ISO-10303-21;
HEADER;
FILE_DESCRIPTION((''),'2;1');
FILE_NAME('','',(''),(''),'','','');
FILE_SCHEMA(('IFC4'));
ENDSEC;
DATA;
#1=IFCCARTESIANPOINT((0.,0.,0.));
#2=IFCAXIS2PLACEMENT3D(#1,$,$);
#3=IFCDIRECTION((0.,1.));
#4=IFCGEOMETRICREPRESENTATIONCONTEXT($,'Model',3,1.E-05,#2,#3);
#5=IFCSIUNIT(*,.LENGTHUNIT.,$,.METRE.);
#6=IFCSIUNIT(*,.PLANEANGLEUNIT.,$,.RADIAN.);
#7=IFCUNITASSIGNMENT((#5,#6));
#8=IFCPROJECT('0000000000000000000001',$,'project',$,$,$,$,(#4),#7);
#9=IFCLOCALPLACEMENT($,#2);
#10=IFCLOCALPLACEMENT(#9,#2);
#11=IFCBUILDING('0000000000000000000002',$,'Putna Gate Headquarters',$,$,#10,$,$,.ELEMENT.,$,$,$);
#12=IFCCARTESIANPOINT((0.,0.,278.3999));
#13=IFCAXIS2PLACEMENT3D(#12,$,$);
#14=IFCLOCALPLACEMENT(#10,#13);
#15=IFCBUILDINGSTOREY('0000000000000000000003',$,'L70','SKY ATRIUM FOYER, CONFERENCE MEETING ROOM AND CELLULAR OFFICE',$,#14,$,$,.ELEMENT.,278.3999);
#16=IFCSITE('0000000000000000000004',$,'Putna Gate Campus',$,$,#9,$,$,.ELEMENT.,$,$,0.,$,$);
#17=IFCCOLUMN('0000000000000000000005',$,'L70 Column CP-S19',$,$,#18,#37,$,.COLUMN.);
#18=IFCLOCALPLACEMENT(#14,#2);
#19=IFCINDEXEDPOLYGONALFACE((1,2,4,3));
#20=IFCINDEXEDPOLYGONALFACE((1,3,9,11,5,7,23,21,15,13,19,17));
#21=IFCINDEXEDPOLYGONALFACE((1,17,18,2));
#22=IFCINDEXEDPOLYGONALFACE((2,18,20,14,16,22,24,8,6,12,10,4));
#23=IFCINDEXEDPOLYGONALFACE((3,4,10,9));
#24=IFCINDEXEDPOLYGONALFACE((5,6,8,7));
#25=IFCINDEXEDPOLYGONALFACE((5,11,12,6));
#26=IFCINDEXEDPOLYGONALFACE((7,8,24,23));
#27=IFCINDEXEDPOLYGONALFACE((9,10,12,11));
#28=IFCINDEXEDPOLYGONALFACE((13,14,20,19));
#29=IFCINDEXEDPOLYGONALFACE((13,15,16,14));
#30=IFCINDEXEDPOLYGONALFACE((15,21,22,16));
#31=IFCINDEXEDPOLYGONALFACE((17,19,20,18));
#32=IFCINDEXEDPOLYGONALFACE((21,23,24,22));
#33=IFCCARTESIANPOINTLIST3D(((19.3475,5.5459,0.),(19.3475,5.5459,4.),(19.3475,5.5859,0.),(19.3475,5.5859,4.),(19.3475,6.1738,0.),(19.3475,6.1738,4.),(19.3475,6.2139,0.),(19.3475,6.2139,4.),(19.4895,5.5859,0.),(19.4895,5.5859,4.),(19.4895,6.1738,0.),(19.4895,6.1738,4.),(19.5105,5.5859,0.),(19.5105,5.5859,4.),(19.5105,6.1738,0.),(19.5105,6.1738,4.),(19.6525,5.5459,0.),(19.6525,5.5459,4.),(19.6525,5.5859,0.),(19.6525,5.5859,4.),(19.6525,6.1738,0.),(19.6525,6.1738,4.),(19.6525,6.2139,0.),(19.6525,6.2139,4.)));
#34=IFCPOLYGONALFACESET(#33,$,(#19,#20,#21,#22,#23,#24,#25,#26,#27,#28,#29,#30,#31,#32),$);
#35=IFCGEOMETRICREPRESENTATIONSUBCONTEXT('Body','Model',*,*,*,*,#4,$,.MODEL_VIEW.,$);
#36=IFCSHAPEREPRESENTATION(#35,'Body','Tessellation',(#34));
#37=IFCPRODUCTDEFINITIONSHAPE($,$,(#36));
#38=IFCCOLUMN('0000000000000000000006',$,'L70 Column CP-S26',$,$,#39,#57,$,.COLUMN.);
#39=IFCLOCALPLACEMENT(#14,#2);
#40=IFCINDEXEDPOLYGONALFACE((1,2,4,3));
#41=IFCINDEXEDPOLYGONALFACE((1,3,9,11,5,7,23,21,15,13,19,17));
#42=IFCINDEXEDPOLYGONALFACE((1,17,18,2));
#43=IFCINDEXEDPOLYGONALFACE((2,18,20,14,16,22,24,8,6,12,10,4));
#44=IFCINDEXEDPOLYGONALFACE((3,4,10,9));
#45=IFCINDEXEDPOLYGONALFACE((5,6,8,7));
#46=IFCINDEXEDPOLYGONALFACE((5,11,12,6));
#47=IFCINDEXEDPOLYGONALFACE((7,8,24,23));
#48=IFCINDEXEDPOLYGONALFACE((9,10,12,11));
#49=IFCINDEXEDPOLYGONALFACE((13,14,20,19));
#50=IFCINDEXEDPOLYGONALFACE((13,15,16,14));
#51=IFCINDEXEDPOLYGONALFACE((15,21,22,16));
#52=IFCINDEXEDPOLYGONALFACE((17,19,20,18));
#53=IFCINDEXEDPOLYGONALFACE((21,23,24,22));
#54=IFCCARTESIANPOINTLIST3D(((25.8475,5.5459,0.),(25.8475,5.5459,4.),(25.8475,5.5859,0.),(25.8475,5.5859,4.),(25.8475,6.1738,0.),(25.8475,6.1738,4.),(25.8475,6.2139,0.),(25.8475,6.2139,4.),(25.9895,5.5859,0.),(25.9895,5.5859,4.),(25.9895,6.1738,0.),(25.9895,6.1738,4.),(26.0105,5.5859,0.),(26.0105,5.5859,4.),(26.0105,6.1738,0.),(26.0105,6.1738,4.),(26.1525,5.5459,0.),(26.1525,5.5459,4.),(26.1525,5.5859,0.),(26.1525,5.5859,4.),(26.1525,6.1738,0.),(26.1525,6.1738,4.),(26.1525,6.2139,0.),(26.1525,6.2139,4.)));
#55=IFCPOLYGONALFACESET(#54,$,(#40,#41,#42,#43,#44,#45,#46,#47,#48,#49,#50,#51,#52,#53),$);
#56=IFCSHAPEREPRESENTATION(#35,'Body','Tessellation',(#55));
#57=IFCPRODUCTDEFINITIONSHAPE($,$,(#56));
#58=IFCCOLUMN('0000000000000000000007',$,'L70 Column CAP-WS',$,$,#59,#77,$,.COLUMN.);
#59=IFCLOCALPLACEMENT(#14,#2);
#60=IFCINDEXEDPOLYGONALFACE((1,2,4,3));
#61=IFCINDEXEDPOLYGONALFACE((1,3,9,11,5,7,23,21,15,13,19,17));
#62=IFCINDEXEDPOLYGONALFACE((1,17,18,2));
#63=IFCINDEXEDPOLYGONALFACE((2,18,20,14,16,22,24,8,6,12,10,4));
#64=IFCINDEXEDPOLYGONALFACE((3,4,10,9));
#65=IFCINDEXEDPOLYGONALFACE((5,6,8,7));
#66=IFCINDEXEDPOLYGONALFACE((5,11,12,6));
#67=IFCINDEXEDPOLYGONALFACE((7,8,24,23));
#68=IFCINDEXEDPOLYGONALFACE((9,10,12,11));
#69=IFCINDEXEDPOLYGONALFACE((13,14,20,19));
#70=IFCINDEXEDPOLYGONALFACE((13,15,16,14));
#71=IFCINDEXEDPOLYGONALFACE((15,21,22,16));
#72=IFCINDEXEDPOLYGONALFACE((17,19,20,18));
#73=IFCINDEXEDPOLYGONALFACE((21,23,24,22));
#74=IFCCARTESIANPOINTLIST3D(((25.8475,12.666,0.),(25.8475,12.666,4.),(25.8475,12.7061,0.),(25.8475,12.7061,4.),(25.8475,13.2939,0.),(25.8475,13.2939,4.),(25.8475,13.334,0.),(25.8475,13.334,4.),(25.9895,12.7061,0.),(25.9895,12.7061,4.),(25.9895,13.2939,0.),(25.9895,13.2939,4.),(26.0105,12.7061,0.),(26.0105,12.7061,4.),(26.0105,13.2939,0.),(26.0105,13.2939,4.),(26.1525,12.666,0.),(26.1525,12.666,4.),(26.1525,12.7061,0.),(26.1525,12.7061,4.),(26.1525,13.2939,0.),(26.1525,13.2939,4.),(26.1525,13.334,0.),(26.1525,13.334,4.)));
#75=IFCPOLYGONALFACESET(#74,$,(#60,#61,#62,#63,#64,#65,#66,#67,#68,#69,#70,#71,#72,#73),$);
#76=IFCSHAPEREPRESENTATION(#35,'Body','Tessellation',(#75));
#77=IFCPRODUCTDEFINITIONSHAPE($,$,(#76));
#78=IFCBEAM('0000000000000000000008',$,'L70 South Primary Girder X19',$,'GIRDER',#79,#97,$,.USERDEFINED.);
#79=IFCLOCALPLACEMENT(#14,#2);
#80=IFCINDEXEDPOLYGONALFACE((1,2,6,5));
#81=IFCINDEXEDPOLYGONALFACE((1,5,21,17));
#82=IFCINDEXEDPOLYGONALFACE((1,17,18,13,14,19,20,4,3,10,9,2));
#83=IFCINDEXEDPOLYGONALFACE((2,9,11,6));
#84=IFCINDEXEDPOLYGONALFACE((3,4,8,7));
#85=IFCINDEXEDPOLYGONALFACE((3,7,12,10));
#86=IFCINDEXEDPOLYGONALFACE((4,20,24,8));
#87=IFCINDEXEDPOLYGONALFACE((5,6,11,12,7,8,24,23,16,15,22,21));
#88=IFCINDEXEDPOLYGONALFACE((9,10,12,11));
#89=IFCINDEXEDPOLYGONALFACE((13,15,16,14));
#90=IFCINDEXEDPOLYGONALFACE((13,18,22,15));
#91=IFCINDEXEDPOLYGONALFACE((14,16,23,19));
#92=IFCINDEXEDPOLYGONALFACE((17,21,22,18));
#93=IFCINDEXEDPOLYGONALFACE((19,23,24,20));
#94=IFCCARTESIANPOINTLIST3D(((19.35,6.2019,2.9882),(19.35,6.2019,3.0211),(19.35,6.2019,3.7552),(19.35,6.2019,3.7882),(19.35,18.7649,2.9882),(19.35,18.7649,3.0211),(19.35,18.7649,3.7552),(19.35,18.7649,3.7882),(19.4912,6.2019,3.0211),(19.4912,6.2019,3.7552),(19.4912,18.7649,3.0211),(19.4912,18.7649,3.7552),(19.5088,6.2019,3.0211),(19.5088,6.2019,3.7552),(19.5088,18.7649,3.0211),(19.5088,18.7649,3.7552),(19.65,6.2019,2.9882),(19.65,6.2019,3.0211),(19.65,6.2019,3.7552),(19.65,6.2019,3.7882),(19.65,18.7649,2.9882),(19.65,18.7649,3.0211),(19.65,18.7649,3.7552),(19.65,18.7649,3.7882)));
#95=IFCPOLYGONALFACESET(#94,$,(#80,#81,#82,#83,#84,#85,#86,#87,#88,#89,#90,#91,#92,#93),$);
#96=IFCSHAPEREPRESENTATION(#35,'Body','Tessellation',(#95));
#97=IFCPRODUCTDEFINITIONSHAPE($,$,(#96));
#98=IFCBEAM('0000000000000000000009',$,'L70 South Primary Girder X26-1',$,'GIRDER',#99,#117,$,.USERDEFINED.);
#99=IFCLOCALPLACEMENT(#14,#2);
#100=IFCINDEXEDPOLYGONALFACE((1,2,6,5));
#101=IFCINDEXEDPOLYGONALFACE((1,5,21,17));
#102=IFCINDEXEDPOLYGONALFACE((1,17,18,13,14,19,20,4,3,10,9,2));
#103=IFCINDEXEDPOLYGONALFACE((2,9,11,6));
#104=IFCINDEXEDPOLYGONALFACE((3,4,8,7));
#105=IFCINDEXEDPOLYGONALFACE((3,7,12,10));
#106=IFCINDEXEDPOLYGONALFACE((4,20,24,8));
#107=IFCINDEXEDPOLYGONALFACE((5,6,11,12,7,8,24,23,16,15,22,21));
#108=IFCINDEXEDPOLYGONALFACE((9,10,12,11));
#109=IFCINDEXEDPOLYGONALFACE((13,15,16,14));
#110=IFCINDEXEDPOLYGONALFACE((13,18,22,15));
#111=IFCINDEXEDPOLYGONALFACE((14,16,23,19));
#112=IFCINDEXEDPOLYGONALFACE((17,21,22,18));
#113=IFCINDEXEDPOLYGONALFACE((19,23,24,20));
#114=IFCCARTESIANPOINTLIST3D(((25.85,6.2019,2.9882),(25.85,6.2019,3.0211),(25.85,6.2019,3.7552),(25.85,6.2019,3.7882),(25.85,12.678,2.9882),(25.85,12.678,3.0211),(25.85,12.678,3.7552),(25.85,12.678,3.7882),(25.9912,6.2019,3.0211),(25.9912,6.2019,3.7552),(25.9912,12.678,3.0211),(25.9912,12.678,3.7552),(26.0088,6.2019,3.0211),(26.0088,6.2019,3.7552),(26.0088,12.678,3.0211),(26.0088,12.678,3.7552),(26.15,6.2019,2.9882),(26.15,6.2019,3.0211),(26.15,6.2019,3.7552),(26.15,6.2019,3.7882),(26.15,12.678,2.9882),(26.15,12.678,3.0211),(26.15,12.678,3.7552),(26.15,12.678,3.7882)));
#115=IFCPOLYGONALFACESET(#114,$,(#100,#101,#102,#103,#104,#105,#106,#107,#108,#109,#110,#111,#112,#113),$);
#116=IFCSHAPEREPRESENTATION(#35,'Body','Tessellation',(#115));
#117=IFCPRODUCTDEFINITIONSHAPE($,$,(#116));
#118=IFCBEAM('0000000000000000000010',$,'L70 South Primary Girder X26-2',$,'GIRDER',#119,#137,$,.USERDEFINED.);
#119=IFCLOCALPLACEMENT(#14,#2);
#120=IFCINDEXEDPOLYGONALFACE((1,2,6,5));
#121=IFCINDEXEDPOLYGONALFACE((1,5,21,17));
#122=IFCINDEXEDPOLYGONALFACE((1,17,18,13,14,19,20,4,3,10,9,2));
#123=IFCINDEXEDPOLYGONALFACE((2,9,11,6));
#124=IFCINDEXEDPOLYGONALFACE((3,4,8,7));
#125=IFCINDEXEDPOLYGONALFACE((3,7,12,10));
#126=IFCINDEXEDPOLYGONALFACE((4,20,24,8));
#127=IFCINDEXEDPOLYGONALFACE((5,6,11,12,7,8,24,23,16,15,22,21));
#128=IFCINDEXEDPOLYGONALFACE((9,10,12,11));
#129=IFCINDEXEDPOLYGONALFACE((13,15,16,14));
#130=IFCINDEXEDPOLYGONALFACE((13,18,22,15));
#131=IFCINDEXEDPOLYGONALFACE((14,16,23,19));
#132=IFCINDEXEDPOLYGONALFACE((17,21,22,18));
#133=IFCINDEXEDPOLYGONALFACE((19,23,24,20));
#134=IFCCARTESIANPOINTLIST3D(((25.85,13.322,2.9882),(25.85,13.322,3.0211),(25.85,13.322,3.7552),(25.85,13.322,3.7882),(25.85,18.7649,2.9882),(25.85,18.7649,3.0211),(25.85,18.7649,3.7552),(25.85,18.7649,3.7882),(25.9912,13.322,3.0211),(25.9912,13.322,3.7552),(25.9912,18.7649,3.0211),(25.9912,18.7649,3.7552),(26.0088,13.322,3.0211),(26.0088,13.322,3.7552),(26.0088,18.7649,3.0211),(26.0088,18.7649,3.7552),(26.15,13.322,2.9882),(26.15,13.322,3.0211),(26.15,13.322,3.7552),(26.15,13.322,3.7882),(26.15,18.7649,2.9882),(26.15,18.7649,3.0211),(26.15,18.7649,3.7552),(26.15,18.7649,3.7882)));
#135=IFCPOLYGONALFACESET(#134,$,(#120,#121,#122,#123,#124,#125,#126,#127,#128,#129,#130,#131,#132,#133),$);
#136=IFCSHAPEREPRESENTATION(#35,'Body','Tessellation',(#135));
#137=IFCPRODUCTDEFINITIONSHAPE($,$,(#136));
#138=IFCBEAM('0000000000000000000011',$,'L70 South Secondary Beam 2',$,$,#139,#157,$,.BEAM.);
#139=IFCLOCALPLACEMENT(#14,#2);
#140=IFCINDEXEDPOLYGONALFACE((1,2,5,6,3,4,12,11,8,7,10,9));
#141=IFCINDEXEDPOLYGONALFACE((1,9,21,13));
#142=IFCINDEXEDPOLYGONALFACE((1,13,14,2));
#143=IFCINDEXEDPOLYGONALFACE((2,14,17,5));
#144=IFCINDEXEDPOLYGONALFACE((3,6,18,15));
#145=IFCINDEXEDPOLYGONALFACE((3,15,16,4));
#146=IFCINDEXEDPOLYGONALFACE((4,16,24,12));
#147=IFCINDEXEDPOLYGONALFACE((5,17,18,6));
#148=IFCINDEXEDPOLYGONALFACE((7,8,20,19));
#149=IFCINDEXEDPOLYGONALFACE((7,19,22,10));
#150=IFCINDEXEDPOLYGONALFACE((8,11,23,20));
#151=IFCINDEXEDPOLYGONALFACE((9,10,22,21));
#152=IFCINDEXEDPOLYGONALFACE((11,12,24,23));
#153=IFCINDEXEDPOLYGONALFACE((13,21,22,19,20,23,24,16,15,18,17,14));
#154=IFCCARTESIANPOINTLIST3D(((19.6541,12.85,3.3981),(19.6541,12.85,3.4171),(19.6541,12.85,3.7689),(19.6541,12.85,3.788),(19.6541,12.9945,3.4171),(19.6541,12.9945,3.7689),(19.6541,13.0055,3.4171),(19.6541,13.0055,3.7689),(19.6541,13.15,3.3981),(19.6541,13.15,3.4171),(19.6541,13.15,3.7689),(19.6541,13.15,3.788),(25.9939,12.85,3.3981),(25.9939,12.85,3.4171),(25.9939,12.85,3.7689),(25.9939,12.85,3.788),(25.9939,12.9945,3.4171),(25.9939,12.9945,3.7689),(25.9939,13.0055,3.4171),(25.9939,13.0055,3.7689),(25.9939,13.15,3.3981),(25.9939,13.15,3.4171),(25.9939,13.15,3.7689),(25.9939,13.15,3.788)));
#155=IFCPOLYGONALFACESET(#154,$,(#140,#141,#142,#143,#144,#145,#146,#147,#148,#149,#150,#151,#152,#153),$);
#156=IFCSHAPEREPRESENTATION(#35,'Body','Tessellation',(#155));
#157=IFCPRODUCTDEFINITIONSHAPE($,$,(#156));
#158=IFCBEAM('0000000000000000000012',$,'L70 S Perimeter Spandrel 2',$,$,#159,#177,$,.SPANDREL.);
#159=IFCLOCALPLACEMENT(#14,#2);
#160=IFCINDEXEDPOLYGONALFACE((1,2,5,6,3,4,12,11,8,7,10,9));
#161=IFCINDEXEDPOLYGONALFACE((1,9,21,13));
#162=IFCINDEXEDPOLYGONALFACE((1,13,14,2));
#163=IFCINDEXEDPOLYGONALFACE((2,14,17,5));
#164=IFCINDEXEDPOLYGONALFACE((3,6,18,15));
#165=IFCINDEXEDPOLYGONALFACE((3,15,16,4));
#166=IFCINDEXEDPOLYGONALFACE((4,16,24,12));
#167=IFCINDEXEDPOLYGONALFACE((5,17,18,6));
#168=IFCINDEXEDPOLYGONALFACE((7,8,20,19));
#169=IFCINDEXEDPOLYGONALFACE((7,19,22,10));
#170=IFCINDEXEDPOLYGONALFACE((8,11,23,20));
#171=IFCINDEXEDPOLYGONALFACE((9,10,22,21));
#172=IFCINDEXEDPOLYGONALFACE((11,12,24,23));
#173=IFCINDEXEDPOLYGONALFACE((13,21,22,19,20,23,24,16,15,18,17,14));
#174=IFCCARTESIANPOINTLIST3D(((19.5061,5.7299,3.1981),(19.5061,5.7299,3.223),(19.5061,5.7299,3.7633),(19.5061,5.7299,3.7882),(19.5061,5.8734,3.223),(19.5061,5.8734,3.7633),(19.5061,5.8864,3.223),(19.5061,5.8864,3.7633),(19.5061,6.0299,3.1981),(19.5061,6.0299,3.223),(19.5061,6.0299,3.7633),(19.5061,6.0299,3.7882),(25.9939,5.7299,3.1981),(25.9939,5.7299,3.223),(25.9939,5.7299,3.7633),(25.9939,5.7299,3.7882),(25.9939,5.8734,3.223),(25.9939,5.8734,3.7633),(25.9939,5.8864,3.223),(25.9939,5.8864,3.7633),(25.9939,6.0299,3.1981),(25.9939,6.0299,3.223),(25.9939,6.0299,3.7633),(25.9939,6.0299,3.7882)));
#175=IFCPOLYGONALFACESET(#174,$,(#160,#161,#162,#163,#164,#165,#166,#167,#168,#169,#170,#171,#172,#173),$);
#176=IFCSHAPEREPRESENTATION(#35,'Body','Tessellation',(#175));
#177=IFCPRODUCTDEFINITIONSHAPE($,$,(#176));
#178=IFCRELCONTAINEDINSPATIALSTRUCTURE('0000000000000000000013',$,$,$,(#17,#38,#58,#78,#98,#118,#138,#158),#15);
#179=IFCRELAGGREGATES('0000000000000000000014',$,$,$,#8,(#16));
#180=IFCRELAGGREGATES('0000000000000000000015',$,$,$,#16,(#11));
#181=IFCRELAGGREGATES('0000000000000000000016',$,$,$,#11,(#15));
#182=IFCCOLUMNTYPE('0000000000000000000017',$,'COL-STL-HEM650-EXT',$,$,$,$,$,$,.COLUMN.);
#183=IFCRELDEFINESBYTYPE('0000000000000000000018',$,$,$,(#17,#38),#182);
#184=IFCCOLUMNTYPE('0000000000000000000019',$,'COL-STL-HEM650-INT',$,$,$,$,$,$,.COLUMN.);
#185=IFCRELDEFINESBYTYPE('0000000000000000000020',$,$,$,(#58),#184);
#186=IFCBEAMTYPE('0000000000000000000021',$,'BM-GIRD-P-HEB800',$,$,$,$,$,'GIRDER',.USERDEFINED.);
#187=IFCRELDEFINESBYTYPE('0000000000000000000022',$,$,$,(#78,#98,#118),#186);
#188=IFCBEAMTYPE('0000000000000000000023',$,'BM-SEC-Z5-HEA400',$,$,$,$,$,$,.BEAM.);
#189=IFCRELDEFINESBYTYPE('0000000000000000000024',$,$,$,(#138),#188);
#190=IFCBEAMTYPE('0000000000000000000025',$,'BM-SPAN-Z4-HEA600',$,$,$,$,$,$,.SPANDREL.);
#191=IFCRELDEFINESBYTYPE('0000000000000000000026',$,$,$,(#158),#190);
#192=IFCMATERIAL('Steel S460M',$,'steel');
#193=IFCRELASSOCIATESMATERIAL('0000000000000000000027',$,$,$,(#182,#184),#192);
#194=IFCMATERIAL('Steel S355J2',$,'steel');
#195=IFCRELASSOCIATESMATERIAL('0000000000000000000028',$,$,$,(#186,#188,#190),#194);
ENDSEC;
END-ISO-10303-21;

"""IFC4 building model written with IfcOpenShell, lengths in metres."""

from ifc_helpers import new_model, si_unit, direction, frame, origin, origin_2d, place, context, subcontext, project, spatial, i_section, extrude, material, material_profile, profile_set, type_object, element, save


model = new_model("IFC4")

# Units and contexts
model_context = context("Model", 3, precision=1e-05, world=origin(), true_north=direction((0.0, 1.0)))
body_context = subcontext(model_context, "Body", "Model", "MODEL_VIEW")
ifc_project = project(units=[si_unit("LENGTHUNIT", "METRE"), si_unit("PLANEANGLEUNIT", "RADIAN")], contexts=[model_context])

# Site, building, storey
site_placement = place(None, origin())
site = spatial("IfcSite", under=ifc_project, at=site_placement, Name="Putna Gate Campus", CompositionType="ELEMENT", RefElevation=0.0)
building_placement = place(site_placement, origin())
building = spatial("IfcBuilding", under=site, at=building_placement, Name="Putna Gate Headquarters", CompositionType="ELEMENT")
storey_placement = place(building_placement, frame((0.0, 0.0, 278.3999)))
storey = spatial("IfcBuildingStorey", under=building, at=storey_placement, Name="L70", Description="SKY ATRIUM FOYER, CONFERENCE MEETING ROOM AND CELLULAR OFFICE", CompositionType="ELEMENT", Elevation=278.3999)

# Columns
ifc_material_1 = material(Name="Steel S460M", Category="steel")
ifc_material_profile_1 = material_profile(ifc_material_1, i_section(OverallWidth=0.3049, OverallDepth=0.668, WebThickness=0.021, FlangeThickness=0.04, at=origin_2d()), Name="Steel S460M")
ifc_profile_set_1 = profile_set([ifc_material_profile_1], Name="Steel S460M")
column_type_1 = type_object("IfcColumnType", Name="COL-STL-HEM650-EXT", PredefinedType="COLUMN", material=ifc_profile_set_1)
for number, where, z_axis, x_axis, name in (
    (1, (19.5, 5.8799, 0.0), (0.0, 0.0, 1.0), (1.0, 0.0, 0.0), "L70 Column CP-S19"),
    (2, (26.0, 5.8799, 0.0), (0.0, 0.0, 1.0), (1.0, 0.0, 0.0), "L70 Column CP-S26"),
):
    element("IfcColumn", number, at=place(storey_placement, frame(where, z_axis=z_axis, x_axis=x_axis)), inside=storey, type_object=column_type_1, Name=name, PredefinedType="COLUMN", context=body_context, shape_type="SweptSolid", body=[
        extrude(i_section(OverallWidth=0.3049, OverallDepth=0.668, WebThickness=0.021, FlangeThickness=0.04, at=origin_2d()), origin(), (0.0, 0.0, 1.0), 4.0),
    ])
ifc_material_profile_2 = material_profile(ifc_material_1, i_section(OverallWidth=0.3049, OverallDepth=0.668, WebThickness=0.021, FlangeThickness=0.04, at=origin_2d()), Name="Steel S460M")
ifc_profile_set_2 = profile_set([ifc_material_profile_2], Name="Steel S460M")
column_type_2 = type_object("IfcColumnType", Name="COL-STL-HEM650-INT", PredefinedType="COLUMN", material=ifc_profile_set_2)
column_placement = place(storey_placement, frame((26.0, 13.0, 0.0), z_axis=(0.0, 0.0, 1.0), x_axis=(1.0, 0.0, 0.0)))
element("IfcColumn", 3, at=column_placement, inside=storey, type_object=column_type_2, Name="L70 Column CAP-WS", PredefinedType="COLUMN", context=body_context, shape_type="SweptSolid", body=[
    extrude(i_section(OverallWidth=0.3049, OverallDepth=0.668, WebThickness=0.021, FlangeThickness=0.04, at=origin_2d()), origin(), (0.0, 0.0, 1.0), 4.0),
])

# Beams
ifc_material_2 = material(Name="Steel S355J2", Category="steel")
ifc_material_profile_3 = material_profile(ifc_material_2, i_section(OverallWidth=0.3, OverallDepth=0.8, WebThickness=0.0176, FlangeThickness=0.033, at=origin_2d()), Name="Steel S355J2")
ifc_profile_set_3 = profile_set([ifc_material_profile_3], Name="Steel S355J2")
beam_type_1 = type_object("IfcBeamType", Name="BM-GIRD-P-HEB800", ElementType="GIRDER", PredefinedType="USERDEFINED", material=ifc_profile_set_3)
beam_1_placement = place(storey_placement, frame((19.5, 6.2019, 3.3882), z_axis=(0.0, 1.0, 0.0), x_axis=(-1.0, 0.0, 0.0)))
element("IfcBeam", 4, at=beam_1_placement, inside=storey, type_object=beam_type_1, Name="L70 South Primary Girder X19", ObjectType="GIRDER", PredefinedType="USERDEFINED", context=body_context, shape_type="SweptSolid", body=[
    extrude(i_section(OverallWidth=0.3, OverallDepth=0.8, WebThickness=0.0176, FlangeThickness=0.033, at=origin_2d()), origin(), (0.0, 0.0, 1.0), 12.563),
])
beam_2_placement = place(storey_placement, frame((26.0, 6.2019, 3.3882), z_axis=(0.0, 1.0, 0.0), x_axis=(-1.0, 0.0, 0.0)))
element("IfcBeam", 5, at=beam_2_placement, inside=storey, type_object=beam_type_1, Name="L70 South Primary Girder X26-1", ObjectType="GIRDER", PredefinedType="USERDEFINED", context=body_context, shape_type="SweptSolid", body=[
    extrude(i_section(OverallWidth=0.3, OverallDepth=0.8, WebThickness=0.0176, FlangeThickness=0.033, at=origin_2d()), origin(), (0.0, 0.0, 1.0), 6.4761),
])
beam_3_placement = place(storey_placement, frame((26.0, 13.322, 3.3882), z_axis=(0.0, 1.0, 0.0), x_axis=(-1.0, 0.0, 0.0)))
element("IfcBeam", 6, at=beam_3_placement, inside=storey, type_object=beam_type_1, Name="L70 South Primary Girder X26-2", ObjectType="GIRDER", PredefinedType="USERDEFINED", context=body_context, shape_type="SweptSolid", body=[
    extrude(i_section(OverallWidth=0.3, OverallDepth=0.8, WebThickness=0.0176, FlangeThickness=0.033, at=origin_2d()), origin(), (0.0, 0.0, 1.0), 5.4429),
])
ifc_material_profile_4 = material_profile(ifc_material_2, i_section(OverallWidth=0.3, OverallDepth=0.3899, WebThickness=0.011, FlangeThickness=0.019, at=origin_2d()), Name="Steel S355J2")
ifc_profile_set_4 = profile_set([ifc_material_profile_4], Name="Steel S355J2")
beam_type_2 = type_object("IfcBeamType", Name="BM-SEC-Z5-HEA400", PredefinedType="BEAM", material=ifc_profile_set_4)
beam_4_placement = place(storey_placement, frame((19.6541, 13.0, 3.593), z_axis=(1.0, 0.0, 0.0), x_axis=(0.0, 1.0, 0.0)))
element("IfcBeam", 7, at=beam_4_placement, inside=storey, type_object=beam_type_2, Name="L70 South Secondary Beam 2", PredefinedType="BEAM", context=body_context, shape_type="SweptSolid", body=[
    extrude(i_section(OverallWidth=0.3, OverallDepth=0.3899, WebThickness=0.011, FlangeThickness=0.019, at=origin_2d()), origin(), (0.0, 0.0, 1.0), 6.3398),
])
ifc_material_profile_5 = material_profile(ifc_material_2, i_section(OverallWidth=0.3, OverallDepth=0.5901, WebThickness=0.0129, FlangeThickness=0.0249, at=origin_2d()), Name="Steel S355J2")
ifc_profile_set_5 = profile_set([ifc_material_profile_5], Name="Steel S355J2")
beam_type_3 = type_object("IfcBeamType", Name="BM-SPAN-Z4-HEA600", PredefinedType="SPANDREL", material=ifc_profile_set_5)
beam_5_placement = place(storey_placement, frame((19.5061, 5.8799, 3.4932), z_axis=(1.0, 0.0, 0.0), x_axis=(0.0, 1.0, 0.0)))
element("IfcBeam", 8, at=beam_5_placement, inside=storey, type_object=beam_type_3, Name="L70 S Perimeter Spandrel 2", PredefinedType="SPANDREL", context=body_context, shape_type="SweptSolid", body=[
    extrude(i_section(OverallWidth=0.3, OverallDepth=0.5901, WebThickness=0.0129, FlangeThickness=0.0249, at=origin_2d()), origin(), (0.0, 0.0, 1.0), 6.4878),
])

save(model, "model.ifc")
